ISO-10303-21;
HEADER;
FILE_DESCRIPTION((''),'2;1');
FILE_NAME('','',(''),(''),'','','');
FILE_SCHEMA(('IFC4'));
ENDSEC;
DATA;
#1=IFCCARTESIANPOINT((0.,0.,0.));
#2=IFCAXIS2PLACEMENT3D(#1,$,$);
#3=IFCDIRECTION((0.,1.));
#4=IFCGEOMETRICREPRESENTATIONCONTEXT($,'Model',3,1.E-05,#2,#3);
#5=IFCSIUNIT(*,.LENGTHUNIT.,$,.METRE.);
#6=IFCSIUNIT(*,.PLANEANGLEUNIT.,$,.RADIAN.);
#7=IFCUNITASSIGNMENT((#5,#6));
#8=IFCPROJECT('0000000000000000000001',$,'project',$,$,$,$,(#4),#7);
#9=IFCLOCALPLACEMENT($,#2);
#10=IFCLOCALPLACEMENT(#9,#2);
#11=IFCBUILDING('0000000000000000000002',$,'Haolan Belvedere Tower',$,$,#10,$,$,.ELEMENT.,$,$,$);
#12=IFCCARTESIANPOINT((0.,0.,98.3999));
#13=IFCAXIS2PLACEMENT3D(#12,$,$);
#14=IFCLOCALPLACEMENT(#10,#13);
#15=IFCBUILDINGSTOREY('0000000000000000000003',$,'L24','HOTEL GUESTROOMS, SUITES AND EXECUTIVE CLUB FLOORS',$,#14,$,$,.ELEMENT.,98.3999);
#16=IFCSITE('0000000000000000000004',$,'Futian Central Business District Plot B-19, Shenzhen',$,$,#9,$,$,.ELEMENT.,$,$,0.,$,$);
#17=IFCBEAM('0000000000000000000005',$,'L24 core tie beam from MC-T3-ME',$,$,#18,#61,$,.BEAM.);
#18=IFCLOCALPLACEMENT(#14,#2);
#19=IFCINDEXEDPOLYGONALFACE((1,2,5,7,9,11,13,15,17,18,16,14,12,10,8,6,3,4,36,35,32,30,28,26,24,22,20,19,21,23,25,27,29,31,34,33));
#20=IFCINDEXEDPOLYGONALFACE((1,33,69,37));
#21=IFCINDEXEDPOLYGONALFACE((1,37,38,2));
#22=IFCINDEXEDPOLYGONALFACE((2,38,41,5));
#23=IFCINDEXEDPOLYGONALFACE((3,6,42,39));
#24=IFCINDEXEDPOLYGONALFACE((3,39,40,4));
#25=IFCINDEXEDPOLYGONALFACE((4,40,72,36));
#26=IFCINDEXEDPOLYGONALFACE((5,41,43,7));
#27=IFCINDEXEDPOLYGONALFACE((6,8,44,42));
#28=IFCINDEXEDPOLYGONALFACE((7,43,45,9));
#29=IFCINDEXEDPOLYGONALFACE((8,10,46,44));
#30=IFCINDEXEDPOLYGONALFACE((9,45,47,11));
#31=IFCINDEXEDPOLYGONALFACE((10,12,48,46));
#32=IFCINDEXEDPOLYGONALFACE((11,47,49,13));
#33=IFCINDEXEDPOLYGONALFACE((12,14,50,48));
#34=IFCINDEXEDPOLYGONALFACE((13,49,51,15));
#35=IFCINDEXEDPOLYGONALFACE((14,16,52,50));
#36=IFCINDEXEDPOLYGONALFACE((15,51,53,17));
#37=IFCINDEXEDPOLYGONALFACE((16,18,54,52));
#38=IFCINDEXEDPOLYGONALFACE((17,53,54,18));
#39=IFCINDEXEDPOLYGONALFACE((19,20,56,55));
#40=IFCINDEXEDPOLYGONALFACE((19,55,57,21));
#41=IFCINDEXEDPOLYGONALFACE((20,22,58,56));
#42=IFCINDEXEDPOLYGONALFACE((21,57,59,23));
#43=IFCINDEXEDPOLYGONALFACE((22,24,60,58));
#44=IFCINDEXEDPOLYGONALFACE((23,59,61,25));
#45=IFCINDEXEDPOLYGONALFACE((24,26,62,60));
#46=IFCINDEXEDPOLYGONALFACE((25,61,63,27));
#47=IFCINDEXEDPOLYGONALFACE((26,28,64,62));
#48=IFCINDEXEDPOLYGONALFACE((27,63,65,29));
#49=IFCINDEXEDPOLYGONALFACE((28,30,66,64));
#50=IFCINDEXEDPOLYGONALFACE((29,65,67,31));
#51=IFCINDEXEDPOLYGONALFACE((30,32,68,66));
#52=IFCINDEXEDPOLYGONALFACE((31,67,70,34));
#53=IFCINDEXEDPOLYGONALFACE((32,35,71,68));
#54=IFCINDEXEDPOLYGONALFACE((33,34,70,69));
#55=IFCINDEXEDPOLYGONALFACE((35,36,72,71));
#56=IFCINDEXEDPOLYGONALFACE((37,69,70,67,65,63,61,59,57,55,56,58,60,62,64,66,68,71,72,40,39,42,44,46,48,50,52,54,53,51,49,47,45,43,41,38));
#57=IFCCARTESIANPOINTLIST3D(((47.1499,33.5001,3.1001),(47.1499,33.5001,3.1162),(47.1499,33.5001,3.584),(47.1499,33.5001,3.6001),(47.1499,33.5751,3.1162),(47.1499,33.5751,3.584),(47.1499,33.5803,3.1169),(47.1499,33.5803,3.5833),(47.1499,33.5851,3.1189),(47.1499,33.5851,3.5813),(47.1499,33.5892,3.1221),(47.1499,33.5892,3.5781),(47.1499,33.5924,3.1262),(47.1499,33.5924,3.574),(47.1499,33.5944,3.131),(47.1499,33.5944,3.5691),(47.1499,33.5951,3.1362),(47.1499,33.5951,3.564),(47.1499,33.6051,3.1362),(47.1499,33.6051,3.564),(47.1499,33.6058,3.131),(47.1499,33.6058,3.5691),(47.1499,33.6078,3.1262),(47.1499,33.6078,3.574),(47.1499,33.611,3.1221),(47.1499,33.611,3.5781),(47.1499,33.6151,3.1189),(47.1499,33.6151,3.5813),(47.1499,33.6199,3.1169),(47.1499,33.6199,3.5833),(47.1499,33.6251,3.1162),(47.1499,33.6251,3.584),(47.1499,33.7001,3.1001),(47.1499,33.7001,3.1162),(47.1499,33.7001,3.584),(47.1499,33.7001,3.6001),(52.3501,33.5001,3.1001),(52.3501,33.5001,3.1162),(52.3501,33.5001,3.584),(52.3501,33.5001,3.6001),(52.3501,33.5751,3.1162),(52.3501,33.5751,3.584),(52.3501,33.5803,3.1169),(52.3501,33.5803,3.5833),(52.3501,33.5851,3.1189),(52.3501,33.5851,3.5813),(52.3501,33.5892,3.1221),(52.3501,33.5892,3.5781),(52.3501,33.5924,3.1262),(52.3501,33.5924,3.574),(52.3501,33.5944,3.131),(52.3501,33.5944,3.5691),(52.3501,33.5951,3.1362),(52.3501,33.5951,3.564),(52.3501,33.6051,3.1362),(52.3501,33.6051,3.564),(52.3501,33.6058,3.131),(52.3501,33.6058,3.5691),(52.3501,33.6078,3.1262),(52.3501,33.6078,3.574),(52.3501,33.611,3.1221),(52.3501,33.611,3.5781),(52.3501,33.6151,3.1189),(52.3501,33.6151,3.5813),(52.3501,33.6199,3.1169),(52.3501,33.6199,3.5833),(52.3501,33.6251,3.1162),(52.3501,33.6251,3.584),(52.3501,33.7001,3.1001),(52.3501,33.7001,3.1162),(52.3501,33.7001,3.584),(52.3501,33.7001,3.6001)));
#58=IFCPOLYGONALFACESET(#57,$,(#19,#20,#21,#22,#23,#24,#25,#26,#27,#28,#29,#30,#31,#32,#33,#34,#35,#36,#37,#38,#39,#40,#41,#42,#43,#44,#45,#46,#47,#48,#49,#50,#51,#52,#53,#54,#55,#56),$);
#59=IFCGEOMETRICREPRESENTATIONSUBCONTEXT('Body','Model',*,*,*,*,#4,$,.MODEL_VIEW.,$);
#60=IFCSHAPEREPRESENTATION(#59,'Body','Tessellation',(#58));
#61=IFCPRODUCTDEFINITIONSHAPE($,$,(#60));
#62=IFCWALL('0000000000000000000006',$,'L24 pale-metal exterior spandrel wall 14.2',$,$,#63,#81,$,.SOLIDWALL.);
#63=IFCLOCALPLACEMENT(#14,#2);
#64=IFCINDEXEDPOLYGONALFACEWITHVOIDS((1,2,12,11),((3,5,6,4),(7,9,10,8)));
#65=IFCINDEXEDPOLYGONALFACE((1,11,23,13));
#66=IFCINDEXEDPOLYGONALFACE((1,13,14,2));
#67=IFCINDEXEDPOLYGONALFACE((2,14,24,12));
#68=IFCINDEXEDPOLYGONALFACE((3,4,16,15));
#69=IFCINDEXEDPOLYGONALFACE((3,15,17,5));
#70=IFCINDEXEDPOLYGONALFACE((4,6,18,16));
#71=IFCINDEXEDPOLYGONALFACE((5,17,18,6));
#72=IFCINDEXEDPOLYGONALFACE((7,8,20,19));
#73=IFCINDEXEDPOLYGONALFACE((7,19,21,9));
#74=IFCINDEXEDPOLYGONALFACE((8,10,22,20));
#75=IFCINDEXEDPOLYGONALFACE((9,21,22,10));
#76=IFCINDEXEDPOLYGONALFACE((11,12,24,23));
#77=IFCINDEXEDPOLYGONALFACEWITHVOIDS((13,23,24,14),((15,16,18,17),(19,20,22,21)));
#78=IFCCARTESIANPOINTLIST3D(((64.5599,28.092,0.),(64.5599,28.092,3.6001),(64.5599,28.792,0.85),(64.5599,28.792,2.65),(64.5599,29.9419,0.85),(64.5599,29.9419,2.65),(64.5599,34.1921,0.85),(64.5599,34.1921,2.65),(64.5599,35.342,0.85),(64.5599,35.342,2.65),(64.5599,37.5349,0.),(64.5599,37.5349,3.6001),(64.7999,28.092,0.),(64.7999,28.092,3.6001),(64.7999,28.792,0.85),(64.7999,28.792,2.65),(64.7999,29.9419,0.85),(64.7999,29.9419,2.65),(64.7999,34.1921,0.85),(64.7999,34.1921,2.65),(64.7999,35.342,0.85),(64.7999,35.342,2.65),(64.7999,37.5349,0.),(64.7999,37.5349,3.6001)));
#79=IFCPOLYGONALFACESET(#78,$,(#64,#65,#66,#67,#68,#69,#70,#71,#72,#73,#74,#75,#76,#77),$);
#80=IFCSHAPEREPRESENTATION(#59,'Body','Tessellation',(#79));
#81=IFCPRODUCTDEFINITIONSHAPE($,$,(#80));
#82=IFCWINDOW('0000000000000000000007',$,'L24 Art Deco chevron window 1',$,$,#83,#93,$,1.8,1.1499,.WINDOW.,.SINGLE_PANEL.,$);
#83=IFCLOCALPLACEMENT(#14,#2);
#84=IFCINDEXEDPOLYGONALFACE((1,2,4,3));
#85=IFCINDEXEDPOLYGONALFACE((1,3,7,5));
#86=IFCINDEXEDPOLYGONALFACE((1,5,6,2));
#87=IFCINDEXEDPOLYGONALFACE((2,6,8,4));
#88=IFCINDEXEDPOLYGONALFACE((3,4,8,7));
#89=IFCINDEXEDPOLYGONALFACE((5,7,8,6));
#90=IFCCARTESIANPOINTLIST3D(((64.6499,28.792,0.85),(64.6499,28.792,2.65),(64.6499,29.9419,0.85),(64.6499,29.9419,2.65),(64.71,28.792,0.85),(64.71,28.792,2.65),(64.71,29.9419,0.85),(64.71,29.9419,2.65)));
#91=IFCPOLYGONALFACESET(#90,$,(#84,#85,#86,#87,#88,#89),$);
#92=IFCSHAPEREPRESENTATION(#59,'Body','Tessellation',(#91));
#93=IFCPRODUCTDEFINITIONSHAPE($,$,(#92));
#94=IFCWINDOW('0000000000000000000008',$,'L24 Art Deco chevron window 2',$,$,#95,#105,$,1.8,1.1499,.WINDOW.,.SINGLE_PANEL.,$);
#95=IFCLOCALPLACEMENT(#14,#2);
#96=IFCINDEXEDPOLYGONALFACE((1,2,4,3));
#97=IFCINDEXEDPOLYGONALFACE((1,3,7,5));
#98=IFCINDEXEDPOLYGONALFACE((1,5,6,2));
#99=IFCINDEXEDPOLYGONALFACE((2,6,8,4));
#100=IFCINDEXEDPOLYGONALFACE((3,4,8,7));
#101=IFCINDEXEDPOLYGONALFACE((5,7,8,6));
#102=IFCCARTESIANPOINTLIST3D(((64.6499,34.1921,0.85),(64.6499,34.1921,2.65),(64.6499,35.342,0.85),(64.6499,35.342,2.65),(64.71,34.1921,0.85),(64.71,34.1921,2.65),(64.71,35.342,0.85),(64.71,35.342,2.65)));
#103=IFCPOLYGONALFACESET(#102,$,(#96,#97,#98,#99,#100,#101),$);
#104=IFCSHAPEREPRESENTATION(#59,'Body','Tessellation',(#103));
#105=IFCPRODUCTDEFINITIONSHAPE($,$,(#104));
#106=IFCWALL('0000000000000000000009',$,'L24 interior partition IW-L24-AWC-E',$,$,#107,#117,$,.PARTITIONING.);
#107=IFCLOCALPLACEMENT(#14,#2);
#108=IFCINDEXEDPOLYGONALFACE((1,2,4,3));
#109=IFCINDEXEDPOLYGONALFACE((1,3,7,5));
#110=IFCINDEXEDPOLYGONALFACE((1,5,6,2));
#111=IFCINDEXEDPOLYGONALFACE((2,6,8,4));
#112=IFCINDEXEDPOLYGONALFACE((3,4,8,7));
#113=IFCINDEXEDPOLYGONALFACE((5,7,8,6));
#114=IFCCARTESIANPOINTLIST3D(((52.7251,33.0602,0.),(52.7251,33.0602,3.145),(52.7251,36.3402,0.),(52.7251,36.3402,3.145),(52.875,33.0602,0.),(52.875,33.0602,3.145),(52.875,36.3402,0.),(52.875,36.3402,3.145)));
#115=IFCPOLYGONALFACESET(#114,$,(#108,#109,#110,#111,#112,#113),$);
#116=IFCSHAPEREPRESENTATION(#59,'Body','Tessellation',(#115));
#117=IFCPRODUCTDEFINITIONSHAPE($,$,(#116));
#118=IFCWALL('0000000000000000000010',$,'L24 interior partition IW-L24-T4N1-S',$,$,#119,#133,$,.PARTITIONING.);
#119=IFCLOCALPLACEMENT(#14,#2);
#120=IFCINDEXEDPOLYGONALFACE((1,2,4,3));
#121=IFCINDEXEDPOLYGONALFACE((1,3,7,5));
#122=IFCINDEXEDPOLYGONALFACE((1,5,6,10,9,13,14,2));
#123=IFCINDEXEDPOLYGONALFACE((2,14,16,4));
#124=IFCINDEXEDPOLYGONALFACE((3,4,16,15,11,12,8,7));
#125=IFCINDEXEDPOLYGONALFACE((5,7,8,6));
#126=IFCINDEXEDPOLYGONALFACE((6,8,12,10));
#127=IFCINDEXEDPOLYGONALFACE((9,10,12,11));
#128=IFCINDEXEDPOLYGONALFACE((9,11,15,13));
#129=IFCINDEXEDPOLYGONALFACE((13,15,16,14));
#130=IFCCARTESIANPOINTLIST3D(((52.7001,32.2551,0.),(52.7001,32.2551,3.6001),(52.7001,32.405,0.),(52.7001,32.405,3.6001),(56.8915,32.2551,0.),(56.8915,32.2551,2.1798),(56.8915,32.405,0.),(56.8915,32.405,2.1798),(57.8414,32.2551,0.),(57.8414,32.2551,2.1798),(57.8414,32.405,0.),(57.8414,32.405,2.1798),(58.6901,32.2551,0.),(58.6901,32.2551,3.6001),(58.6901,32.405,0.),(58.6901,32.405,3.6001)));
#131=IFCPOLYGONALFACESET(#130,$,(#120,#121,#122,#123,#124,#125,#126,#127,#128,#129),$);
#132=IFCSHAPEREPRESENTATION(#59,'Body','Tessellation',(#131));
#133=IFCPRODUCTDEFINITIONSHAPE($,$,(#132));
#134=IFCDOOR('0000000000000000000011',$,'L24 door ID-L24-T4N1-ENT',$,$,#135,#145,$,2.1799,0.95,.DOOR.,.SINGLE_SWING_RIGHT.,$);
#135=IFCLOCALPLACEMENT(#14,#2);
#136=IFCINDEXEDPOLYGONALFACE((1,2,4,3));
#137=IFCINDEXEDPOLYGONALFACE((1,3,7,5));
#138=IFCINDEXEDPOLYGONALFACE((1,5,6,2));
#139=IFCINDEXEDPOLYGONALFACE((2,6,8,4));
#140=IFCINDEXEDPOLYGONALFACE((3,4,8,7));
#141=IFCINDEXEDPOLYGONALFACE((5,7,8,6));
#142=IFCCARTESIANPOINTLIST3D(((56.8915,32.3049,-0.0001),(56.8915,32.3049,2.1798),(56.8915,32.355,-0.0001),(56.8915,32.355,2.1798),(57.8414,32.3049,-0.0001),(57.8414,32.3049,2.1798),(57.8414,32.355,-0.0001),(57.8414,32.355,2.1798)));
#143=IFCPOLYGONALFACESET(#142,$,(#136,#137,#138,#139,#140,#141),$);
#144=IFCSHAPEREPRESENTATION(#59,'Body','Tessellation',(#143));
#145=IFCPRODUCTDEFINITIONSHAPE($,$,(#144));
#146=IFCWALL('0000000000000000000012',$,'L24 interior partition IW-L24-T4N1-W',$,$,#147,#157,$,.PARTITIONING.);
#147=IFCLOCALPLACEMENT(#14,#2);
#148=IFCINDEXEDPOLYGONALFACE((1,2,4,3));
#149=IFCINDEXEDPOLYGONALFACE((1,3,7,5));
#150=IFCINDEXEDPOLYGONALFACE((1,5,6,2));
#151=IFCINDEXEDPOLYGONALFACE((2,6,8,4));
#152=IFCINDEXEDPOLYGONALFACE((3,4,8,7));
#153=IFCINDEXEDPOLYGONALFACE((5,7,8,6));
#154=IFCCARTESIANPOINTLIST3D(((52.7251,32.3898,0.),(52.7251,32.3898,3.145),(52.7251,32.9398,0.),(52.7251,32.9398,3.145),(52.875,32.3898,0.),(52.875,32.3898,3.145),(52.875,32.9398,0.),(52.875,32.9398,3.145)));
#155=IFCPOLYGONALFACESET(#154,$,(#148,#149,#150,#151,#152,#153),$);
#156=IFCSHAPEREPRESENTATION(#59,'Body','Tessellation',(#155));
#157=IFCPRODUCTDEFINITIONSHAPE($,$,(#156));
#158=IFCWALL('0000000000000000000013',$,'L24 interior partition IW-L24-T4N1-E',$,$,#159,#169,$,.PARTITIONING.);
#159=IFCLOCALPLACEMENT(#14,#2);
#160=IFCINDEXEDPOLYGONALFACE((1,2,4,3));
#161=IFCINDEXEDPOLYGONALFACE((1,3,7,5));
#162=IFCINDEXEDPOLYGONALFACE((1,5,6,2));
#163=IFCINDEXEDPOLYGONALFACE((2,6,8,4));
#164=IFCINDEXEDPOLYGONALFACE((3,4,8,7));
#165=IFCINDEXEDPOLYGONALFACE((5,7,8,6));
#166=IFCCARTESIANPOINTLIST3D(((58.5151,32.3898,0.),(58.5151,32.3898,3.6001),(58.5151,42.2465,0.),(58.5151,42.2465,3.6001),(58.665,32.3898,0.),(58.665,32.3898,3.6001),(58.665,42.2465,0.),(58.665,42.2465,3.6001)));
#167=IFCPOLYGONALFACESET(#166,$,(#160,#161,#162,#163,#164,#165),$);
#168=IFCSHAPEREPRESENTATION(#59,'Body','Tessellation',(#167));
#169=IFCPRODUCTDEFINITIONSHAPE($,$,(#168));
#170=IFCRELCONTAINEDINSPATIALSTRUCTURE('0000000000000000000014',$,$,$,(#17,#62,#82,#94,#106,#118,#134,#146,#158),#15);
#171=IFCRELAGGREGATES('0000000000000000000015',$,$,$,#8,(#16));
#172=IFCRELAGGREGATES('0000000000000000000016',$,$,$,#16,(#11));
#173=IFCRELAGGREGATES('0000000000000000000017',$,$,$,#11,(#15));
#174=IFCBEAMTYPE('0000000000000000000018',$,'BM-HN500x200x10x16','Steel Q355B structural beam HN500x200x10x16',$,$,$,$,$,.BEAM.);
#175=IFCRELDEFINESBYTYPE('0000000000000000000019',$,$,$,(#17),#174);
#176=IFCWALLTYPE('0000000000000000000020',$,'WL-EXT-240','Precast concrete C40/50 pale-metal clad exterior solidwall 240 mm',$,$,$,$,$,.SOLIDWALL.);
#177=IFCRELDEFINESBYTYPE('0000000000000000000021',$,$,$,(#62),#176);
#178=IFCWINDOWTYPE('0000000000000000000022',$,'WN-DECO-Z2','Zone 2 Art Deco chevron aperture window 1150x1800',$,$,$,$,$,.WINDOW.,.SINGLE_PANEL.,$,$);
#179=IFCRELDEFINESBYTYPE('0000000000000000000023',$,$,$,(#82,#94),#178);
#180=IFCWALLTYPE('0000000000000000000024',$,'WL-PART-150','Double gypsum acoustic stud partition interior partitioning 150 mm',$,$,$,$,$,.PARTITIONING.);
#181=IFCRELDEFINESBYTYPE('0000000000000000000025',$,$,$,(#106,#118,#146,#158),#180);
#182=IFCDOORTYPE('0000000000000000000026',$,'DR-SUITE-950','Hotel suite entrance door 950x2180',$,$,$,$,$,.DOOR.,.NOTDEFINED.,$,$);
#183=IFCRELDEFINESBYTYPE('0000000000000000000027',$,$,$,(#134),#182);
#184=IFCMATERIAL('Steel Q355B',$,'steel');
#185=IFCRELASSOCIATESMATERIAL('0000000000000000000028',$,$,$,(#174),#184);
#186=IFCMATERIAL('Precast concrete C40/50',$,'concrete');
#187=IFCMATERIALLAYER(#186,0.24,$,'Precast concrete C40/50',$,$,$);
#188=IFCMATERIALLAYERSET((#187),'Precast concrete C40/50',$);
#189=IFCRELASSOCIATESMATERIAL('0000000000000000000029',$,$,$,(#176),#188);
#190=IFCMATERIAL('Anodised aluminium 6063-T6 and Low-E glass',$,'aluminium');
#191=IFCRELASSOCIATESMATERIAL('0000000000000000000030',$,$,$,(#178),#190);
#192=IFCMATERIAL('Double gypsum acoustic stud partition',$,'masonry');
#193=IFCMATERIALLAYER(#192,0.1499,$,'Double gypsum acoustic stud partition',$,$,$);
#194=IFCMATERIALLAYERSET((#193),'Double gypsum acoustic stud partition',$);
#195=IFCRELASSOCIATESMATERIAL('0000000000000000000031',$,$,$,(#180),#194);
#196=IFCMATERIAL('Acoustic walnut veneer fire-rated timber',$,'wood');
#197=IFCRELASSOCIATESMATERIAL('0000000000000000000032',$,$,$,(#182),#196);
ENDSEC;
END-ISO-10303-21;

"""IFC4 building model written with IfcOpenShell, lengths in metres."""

from ifc_helpers import new_model, si_unit, direction, frame, frame_2d, origin, origin_2d, place, context, subcontext, project, spatial, rectangle, i_section, extrude, material, layer, layer_set, material_profile, profile_set, type_object, element, fill, save


model = new_model("IFC4")

# Units and contexts
model_context = context("Model", 3, precision=1e-05, world=origin(), true_north=direction((0.0, 1.0)))
body_context = subcontext(model_context, "Body", "Model", "MODEL_VIEW")
ifc_project = project(units=[si_unit("LENGTHUNIT", "METRE"), si_unit("PLANEANGLEUNIT", "RADIAN")], contexts=[model_context])

# Site, building, storey
site_placement = place(None, origin())
site = spatial("IfcSite", under=ifc_project, at=site_placement, Name="Futian Central Business District Plot B-19, Shenzhen", CompositionType="ELEMENT", RefElevation=0.0)
building_placement = place(site_placement, origin())
building = spatial("IfcBuilding", under=site, at=building_placement, Name="Haolan Belvedere Tower", CompositionType="ELEMENT")
storey_placement = place(building_placement, frame((0.0, 0.0, 98.3999)))
storey = spatial("IfcBuildingStorey", under=building, at=storey_placement, Name="L24", Description="HOTEL GUESTROOMS, SUITES AND EXECUTIVE CLUB FLOORS", CompositionType="ELEMENT", Elevation=98.3999)

# Beam
ifc_material_1 = material(Name="Steel Q355B", Category="steel")
ifc_material_profile_1 = material_profile(ifc_material_1, i_section(OverallWidth=0.2, OverallDepth=0.5, WebThickness=0.01, FlangeThickness=0.0161, FilletRadius=0.02, at=origin_2d()), Name="Steel Q355B")
ifc_profile_set_1 = profile_set([ifc_material_profile_1], Name="Steel Q355B")
beam_type_1 = type_object("IfcBeamType", Name="BM-HN500x200x10x16", Description="Steel Q355B structural beam HN500x200x10x16", PredefinedType="BEAM", material=ifc_profile_set_1)
beam_1_placement = place(storey_placement, frame((52.3501, 33.6001, 3.3501), z_axis=(-1.0, 0.0, 0.0), x_axis=(0.0, -1.0, 0.0)))
element("IfcBeam", 1, at=beam_1_placement, inside=storey, type_object=beam_type_1, Name="L24 core tie beam from MC-T3-ME", PredefinedType="BEAM", context=body_context, shape_type="SweptSolid", body=[
    extrude(i_section(OverallWidth=0.2, OverallDepth=0.5, WebThickness=0.01, FlangeThickness=0.0161, FilletRadius=0.02, at=origin_2d()), origin(), (0.0, 0.0, 1.0), 5.2002),
])

# Wall, openings, windows
ifc_material_2 = material(Name="Precast concrete C40/50", Category="concrete")
ifc_layer_1 = layer(ifc_material_2, 0.24, Name="Precast concrete C40/50")
ifc_layer_set_1 = layer_set([ifc_layer_1], Name="Precast concrete C40/50")
wall_type_1 = type_object("IfcWallType", Name="WL-EXT-240", Description="Precast concrete C40/50 pale-metal clad exterior solidwall 240 mm", PredefinedType="SOLIDWALL", material=ifc_layer_set_1)
wall_1_placement = place(storey_placement, frame((64.6799, 28.092, 0.0), z_axis=(0.0, 0.0, 1.0), x_axis=(0.0, 1.0, 0.0)))
wall_1 = element("IfcWall", 2, at=wall_1_placement, inside=storey, type_object=wall_type_1, Name="L24 pale-metal exterior spandrel wall 14.2", PredefinedType="SOLIDWALL", context=body_context, shape_type="SweptSolid", body=[
    extrude(rectangle(XDim=9.4429, YDim=0.24, at=frame_2d((4.7214, 0.0))), origin(), (0.0, 0.0, 1.0), 3.6001),
])
opening_1_placement = place(wall_1_placement, frame((0.7, 0.0, 0.8501)))
opening_1 = element("IfcOpeningElement", 3, at=opening_1_placement, cuts=wall_1, PredefinedType="OPENING", context=body_context, shape_type="SweptSolid", body=[
    extrude(rectangle(XDim=1.1499, YDim=1.8, at=frame_2d((0.575, 0.8999))), frame((0.0, 0.1299, 0.0), z_axis=(0.0, -1.0, 0.0), x_axis=(1.0, 0.0, 0.0)), (0.0, 0.0, 1.0), 0.26),
])
opening_2_placement = place(wall_1_placement, frame((6.1001, 0.0, 0.8501)))
opening_2 = element("IfcOpeningElement", 4, at=opening_2_placement, cuts=wall_1, PredefinedType="OPENING", context=body_context, shape_type="SweptSolid", body=[
    extrude(rectangle(XDim=1.1499, YDim=1.8, at=frame_2d((0.575, 0.8999))), frame((0.0, 0.1299, 0.0), z_axis=(0.0, -1.0, 0.0), x_axis=(1.0, 0.0, 0.0)), (0.0, 0.0, 1.0), 0.26),
])
ifc_material_3 = material(Name="Anodised aluminium 6063-T6 and Low-E glass", Category="aluminium")
window_type = type_object("IfcWindowType", Name="WN-DECO-Z2", Description="Zone 2 Art Deco chevron aperture window 1150x1800", PartitioningType="SINGLE_PANEL", PredefinedType="WINDOW", material=ifc_material_3)
window_1_placement = place(opening_1_placement, origin())
window_1 = element("IfcWindow", 5, at=window_1_placement, inside=storey, type_object=window_type, Name="L24 Art Deco chevron window 1", OverallHeight=1.8, OverallWidth=1.1499, PartitioningType="SINGLE_PANEL", PredefinedType="WINDOW", context=body_context, shape_type="SweptSolid", body=[
    extrude(rectangle(XDim=1.1499, YDim=1.8, at=frame_2d((0.575, 0.8999))), frame((0.0, 0.03, 0.0), z_axis=(0.0, -1.0, 0.0), x_axis=(1.0, 0.0, 0.0)), (0.0, 0.0, 1.0), 0.0601),
])
fill(opening_1, window_1)
window_2_placement = place(opening_2_placement, origin())
window_2 = element("IfcWindow", 6, at=window_2_placement, inside=storey, type_object=window_type, Name="L24 Art Deco chevron window 2", OverallHeight=1.8, OverallWidth=1.1499, PartitioningType="SINGLE_PANEL", PredefinedType="WINDOW", context=body_context, shape_type="SweptSolid", body=[
    extrude(rectangle(XDim=1.1499, YDim=1.8, at=frame_2d((0.575, 0.8999))), frame((0.0, 0.03, 0.0), z_axis=(0.0, -1.0, 0.0), x_axis=(1.0, 0.0, 0.0)), (0.0, 0.0, 1.0), 0.0601),
])
fill(opening_2, window_2)

# Wall
ifc_material_4 = material(Name="Double gypsum acoustic stud partition", Category="masonry")
ifc_layer_2 = layer(ifc_material_4, 0.1499, Name="Double gypsum acoustic stud partition")
ifc_layer_set_2 = layer_set([ifc_layer_2], Name="Double gypsum acoustic stud partition")
wall_type_2 = type_object("IfcWallType", Name="WL-PART-150", Description="Double gypsum acoustic stud partition interior partitioning 150 mm", PredefinedType="PARTITIONING", material=ifc_layer_set_2)
wall_2_placement = place(storey_placement, frame((52.8, 33.0601, 0.0), z_axis=(0.0, 0.0, 1.0), x_axis=(0.0, 1.0, 0.0)))
element("IfcWall", 7, at=wall_2_placement, inside=storey, type_object=wall_type_2, Name="L24 interior partition IW-L24-AWC-E", PredefinedType="PARTITIONING", context=body_context, shape_type="SweptSolid", body=[
    extrude(rectangle(XDim=3.28, YDim=0.1499, at=frame_2d((1.6401, 0.0))), origin(), (0.0, 0.0, 1.0), 3.145),
])

# Wall, opening, door
wall_3_placement = place(storey_placement, frame((52.7, 32.3301, 0.0), z_axis=(0.0, 0.0, 1.0), x_axis=(1.0, 0.0, 0.0)))
wall_3 = element("IfcWall", 8, at=wall_3_placement, inside=storey, type_object=wall_type_2, Name="L24 interior partition IW-L24-T4N1-S", PredefinedType="PARTITIONING", context=body_context, shape_type="SweptSolid", body=[
    extrude(rectangle(XDim=5.99, YDim=0.1499, at=frame_2d((2.9951, 0.0))), origin(), (0.0, 0.0, 1.0), 3.6001),
])
opening_3_placement = place(wall_3_placement, frame((4.1914, 0.0, 0.0)))
opening_3 = element("IfcOpeningElement", 9, at=opening_3_placement, cuts=wall_3, PredefinedType="OPENING", context=body_context, shape_type="SweptSolid", body=[
    extrude(rectangle(XDim=0.95, YDim=2.1799, at=frame_2d((0.4751, 1.0898))), frame((0.0, 0.085, 0.0), z_axis=(0.0, -1.0, 0.0), x_axis=(1.0, 0.0, 0.0)), (0.0, 0.0, 1.0), 0.1699),
])
ifc_material_5 = material(Name="Acoustic walnut veneer fire-rated timber", Category="wood")
door_type_1 = type_object("IfcDoorType", Name="DR-SUITE-950", Description="Hotel suite entrance door 950x2180", OperationType="NOTDEFINED", PredefinedType="DOOR", material=ifc_material_5)
door_1_placement = place(opening_3_placement, origin())
door_1 = element("IfcDoor", 10, at=door_1_placement, inside=storey, type_object=door_type_1, Name="L24 door ID-L24-T4N1-ENT", OperationType="SINGLE_SWING_RIGHT", OverallHeight=2.1799, OverallWidth=0.95, PredefinedType="DOOR", context=body_context, shape_type="SweptSolid", body=[
    extrude(rectangle(XDim=0.95, YDim=2.1799, at=frame_2d((0.4751, 1.0898))), frame((0.0, 0.0249, 0.0), z_axis=(0.0, -1.0, 0.0), x_axis=(1.0, 0.0, 0.0)), (0.0, 0.0, 1.0), 0.05),
])
fill(opening_3, door_1)

# Walls
wall_4_placement = place(storey_placement, frame((52.8, 32.3899, 0.0), z_axis=(0.0, 0.0, 1.0), x_axis=(0.0, 1.0, 0.0)))
element("IfcWall", 11, at=wall_4_placement, inside=storey, type_object=wall_type_2, Name="L24 interior partition IW-L24-T4N1-W", PredefinedType="PARTITIONING", context=body_context, shape_type="SweptSolid", body=[
    extrude(rectangle(XDim=0.55, YDim=0.1499, at=frame_2d((0.2749, 0.0))), origin(), (0.0, 0.0, 1.0), 3.145),
])
wall_5_placement = place(storey_placement, frame((58.5901, 32.3899, 0.0), z_axis=(0.0, 0.0, 1.0), x_axis=(0.0, 1.0, 0.0)))
element("IfcWall", 12, at=wall_5_placement, inside=storey, type_object=wall_type_2, Name="L24 interior partition IW-L24-T4N1-E", PredefinedType="PARTITIONING", context=body_context, shape_type="SweptSolid", body=[
    extrude(rectangle(XDim=9.8567, YDim=0.1499, at=frame_2d((4.9282, 0.0))), origin(), (0.0, 0.0, 1.0), 3.6001),
])

save(model, "model.ifc")
